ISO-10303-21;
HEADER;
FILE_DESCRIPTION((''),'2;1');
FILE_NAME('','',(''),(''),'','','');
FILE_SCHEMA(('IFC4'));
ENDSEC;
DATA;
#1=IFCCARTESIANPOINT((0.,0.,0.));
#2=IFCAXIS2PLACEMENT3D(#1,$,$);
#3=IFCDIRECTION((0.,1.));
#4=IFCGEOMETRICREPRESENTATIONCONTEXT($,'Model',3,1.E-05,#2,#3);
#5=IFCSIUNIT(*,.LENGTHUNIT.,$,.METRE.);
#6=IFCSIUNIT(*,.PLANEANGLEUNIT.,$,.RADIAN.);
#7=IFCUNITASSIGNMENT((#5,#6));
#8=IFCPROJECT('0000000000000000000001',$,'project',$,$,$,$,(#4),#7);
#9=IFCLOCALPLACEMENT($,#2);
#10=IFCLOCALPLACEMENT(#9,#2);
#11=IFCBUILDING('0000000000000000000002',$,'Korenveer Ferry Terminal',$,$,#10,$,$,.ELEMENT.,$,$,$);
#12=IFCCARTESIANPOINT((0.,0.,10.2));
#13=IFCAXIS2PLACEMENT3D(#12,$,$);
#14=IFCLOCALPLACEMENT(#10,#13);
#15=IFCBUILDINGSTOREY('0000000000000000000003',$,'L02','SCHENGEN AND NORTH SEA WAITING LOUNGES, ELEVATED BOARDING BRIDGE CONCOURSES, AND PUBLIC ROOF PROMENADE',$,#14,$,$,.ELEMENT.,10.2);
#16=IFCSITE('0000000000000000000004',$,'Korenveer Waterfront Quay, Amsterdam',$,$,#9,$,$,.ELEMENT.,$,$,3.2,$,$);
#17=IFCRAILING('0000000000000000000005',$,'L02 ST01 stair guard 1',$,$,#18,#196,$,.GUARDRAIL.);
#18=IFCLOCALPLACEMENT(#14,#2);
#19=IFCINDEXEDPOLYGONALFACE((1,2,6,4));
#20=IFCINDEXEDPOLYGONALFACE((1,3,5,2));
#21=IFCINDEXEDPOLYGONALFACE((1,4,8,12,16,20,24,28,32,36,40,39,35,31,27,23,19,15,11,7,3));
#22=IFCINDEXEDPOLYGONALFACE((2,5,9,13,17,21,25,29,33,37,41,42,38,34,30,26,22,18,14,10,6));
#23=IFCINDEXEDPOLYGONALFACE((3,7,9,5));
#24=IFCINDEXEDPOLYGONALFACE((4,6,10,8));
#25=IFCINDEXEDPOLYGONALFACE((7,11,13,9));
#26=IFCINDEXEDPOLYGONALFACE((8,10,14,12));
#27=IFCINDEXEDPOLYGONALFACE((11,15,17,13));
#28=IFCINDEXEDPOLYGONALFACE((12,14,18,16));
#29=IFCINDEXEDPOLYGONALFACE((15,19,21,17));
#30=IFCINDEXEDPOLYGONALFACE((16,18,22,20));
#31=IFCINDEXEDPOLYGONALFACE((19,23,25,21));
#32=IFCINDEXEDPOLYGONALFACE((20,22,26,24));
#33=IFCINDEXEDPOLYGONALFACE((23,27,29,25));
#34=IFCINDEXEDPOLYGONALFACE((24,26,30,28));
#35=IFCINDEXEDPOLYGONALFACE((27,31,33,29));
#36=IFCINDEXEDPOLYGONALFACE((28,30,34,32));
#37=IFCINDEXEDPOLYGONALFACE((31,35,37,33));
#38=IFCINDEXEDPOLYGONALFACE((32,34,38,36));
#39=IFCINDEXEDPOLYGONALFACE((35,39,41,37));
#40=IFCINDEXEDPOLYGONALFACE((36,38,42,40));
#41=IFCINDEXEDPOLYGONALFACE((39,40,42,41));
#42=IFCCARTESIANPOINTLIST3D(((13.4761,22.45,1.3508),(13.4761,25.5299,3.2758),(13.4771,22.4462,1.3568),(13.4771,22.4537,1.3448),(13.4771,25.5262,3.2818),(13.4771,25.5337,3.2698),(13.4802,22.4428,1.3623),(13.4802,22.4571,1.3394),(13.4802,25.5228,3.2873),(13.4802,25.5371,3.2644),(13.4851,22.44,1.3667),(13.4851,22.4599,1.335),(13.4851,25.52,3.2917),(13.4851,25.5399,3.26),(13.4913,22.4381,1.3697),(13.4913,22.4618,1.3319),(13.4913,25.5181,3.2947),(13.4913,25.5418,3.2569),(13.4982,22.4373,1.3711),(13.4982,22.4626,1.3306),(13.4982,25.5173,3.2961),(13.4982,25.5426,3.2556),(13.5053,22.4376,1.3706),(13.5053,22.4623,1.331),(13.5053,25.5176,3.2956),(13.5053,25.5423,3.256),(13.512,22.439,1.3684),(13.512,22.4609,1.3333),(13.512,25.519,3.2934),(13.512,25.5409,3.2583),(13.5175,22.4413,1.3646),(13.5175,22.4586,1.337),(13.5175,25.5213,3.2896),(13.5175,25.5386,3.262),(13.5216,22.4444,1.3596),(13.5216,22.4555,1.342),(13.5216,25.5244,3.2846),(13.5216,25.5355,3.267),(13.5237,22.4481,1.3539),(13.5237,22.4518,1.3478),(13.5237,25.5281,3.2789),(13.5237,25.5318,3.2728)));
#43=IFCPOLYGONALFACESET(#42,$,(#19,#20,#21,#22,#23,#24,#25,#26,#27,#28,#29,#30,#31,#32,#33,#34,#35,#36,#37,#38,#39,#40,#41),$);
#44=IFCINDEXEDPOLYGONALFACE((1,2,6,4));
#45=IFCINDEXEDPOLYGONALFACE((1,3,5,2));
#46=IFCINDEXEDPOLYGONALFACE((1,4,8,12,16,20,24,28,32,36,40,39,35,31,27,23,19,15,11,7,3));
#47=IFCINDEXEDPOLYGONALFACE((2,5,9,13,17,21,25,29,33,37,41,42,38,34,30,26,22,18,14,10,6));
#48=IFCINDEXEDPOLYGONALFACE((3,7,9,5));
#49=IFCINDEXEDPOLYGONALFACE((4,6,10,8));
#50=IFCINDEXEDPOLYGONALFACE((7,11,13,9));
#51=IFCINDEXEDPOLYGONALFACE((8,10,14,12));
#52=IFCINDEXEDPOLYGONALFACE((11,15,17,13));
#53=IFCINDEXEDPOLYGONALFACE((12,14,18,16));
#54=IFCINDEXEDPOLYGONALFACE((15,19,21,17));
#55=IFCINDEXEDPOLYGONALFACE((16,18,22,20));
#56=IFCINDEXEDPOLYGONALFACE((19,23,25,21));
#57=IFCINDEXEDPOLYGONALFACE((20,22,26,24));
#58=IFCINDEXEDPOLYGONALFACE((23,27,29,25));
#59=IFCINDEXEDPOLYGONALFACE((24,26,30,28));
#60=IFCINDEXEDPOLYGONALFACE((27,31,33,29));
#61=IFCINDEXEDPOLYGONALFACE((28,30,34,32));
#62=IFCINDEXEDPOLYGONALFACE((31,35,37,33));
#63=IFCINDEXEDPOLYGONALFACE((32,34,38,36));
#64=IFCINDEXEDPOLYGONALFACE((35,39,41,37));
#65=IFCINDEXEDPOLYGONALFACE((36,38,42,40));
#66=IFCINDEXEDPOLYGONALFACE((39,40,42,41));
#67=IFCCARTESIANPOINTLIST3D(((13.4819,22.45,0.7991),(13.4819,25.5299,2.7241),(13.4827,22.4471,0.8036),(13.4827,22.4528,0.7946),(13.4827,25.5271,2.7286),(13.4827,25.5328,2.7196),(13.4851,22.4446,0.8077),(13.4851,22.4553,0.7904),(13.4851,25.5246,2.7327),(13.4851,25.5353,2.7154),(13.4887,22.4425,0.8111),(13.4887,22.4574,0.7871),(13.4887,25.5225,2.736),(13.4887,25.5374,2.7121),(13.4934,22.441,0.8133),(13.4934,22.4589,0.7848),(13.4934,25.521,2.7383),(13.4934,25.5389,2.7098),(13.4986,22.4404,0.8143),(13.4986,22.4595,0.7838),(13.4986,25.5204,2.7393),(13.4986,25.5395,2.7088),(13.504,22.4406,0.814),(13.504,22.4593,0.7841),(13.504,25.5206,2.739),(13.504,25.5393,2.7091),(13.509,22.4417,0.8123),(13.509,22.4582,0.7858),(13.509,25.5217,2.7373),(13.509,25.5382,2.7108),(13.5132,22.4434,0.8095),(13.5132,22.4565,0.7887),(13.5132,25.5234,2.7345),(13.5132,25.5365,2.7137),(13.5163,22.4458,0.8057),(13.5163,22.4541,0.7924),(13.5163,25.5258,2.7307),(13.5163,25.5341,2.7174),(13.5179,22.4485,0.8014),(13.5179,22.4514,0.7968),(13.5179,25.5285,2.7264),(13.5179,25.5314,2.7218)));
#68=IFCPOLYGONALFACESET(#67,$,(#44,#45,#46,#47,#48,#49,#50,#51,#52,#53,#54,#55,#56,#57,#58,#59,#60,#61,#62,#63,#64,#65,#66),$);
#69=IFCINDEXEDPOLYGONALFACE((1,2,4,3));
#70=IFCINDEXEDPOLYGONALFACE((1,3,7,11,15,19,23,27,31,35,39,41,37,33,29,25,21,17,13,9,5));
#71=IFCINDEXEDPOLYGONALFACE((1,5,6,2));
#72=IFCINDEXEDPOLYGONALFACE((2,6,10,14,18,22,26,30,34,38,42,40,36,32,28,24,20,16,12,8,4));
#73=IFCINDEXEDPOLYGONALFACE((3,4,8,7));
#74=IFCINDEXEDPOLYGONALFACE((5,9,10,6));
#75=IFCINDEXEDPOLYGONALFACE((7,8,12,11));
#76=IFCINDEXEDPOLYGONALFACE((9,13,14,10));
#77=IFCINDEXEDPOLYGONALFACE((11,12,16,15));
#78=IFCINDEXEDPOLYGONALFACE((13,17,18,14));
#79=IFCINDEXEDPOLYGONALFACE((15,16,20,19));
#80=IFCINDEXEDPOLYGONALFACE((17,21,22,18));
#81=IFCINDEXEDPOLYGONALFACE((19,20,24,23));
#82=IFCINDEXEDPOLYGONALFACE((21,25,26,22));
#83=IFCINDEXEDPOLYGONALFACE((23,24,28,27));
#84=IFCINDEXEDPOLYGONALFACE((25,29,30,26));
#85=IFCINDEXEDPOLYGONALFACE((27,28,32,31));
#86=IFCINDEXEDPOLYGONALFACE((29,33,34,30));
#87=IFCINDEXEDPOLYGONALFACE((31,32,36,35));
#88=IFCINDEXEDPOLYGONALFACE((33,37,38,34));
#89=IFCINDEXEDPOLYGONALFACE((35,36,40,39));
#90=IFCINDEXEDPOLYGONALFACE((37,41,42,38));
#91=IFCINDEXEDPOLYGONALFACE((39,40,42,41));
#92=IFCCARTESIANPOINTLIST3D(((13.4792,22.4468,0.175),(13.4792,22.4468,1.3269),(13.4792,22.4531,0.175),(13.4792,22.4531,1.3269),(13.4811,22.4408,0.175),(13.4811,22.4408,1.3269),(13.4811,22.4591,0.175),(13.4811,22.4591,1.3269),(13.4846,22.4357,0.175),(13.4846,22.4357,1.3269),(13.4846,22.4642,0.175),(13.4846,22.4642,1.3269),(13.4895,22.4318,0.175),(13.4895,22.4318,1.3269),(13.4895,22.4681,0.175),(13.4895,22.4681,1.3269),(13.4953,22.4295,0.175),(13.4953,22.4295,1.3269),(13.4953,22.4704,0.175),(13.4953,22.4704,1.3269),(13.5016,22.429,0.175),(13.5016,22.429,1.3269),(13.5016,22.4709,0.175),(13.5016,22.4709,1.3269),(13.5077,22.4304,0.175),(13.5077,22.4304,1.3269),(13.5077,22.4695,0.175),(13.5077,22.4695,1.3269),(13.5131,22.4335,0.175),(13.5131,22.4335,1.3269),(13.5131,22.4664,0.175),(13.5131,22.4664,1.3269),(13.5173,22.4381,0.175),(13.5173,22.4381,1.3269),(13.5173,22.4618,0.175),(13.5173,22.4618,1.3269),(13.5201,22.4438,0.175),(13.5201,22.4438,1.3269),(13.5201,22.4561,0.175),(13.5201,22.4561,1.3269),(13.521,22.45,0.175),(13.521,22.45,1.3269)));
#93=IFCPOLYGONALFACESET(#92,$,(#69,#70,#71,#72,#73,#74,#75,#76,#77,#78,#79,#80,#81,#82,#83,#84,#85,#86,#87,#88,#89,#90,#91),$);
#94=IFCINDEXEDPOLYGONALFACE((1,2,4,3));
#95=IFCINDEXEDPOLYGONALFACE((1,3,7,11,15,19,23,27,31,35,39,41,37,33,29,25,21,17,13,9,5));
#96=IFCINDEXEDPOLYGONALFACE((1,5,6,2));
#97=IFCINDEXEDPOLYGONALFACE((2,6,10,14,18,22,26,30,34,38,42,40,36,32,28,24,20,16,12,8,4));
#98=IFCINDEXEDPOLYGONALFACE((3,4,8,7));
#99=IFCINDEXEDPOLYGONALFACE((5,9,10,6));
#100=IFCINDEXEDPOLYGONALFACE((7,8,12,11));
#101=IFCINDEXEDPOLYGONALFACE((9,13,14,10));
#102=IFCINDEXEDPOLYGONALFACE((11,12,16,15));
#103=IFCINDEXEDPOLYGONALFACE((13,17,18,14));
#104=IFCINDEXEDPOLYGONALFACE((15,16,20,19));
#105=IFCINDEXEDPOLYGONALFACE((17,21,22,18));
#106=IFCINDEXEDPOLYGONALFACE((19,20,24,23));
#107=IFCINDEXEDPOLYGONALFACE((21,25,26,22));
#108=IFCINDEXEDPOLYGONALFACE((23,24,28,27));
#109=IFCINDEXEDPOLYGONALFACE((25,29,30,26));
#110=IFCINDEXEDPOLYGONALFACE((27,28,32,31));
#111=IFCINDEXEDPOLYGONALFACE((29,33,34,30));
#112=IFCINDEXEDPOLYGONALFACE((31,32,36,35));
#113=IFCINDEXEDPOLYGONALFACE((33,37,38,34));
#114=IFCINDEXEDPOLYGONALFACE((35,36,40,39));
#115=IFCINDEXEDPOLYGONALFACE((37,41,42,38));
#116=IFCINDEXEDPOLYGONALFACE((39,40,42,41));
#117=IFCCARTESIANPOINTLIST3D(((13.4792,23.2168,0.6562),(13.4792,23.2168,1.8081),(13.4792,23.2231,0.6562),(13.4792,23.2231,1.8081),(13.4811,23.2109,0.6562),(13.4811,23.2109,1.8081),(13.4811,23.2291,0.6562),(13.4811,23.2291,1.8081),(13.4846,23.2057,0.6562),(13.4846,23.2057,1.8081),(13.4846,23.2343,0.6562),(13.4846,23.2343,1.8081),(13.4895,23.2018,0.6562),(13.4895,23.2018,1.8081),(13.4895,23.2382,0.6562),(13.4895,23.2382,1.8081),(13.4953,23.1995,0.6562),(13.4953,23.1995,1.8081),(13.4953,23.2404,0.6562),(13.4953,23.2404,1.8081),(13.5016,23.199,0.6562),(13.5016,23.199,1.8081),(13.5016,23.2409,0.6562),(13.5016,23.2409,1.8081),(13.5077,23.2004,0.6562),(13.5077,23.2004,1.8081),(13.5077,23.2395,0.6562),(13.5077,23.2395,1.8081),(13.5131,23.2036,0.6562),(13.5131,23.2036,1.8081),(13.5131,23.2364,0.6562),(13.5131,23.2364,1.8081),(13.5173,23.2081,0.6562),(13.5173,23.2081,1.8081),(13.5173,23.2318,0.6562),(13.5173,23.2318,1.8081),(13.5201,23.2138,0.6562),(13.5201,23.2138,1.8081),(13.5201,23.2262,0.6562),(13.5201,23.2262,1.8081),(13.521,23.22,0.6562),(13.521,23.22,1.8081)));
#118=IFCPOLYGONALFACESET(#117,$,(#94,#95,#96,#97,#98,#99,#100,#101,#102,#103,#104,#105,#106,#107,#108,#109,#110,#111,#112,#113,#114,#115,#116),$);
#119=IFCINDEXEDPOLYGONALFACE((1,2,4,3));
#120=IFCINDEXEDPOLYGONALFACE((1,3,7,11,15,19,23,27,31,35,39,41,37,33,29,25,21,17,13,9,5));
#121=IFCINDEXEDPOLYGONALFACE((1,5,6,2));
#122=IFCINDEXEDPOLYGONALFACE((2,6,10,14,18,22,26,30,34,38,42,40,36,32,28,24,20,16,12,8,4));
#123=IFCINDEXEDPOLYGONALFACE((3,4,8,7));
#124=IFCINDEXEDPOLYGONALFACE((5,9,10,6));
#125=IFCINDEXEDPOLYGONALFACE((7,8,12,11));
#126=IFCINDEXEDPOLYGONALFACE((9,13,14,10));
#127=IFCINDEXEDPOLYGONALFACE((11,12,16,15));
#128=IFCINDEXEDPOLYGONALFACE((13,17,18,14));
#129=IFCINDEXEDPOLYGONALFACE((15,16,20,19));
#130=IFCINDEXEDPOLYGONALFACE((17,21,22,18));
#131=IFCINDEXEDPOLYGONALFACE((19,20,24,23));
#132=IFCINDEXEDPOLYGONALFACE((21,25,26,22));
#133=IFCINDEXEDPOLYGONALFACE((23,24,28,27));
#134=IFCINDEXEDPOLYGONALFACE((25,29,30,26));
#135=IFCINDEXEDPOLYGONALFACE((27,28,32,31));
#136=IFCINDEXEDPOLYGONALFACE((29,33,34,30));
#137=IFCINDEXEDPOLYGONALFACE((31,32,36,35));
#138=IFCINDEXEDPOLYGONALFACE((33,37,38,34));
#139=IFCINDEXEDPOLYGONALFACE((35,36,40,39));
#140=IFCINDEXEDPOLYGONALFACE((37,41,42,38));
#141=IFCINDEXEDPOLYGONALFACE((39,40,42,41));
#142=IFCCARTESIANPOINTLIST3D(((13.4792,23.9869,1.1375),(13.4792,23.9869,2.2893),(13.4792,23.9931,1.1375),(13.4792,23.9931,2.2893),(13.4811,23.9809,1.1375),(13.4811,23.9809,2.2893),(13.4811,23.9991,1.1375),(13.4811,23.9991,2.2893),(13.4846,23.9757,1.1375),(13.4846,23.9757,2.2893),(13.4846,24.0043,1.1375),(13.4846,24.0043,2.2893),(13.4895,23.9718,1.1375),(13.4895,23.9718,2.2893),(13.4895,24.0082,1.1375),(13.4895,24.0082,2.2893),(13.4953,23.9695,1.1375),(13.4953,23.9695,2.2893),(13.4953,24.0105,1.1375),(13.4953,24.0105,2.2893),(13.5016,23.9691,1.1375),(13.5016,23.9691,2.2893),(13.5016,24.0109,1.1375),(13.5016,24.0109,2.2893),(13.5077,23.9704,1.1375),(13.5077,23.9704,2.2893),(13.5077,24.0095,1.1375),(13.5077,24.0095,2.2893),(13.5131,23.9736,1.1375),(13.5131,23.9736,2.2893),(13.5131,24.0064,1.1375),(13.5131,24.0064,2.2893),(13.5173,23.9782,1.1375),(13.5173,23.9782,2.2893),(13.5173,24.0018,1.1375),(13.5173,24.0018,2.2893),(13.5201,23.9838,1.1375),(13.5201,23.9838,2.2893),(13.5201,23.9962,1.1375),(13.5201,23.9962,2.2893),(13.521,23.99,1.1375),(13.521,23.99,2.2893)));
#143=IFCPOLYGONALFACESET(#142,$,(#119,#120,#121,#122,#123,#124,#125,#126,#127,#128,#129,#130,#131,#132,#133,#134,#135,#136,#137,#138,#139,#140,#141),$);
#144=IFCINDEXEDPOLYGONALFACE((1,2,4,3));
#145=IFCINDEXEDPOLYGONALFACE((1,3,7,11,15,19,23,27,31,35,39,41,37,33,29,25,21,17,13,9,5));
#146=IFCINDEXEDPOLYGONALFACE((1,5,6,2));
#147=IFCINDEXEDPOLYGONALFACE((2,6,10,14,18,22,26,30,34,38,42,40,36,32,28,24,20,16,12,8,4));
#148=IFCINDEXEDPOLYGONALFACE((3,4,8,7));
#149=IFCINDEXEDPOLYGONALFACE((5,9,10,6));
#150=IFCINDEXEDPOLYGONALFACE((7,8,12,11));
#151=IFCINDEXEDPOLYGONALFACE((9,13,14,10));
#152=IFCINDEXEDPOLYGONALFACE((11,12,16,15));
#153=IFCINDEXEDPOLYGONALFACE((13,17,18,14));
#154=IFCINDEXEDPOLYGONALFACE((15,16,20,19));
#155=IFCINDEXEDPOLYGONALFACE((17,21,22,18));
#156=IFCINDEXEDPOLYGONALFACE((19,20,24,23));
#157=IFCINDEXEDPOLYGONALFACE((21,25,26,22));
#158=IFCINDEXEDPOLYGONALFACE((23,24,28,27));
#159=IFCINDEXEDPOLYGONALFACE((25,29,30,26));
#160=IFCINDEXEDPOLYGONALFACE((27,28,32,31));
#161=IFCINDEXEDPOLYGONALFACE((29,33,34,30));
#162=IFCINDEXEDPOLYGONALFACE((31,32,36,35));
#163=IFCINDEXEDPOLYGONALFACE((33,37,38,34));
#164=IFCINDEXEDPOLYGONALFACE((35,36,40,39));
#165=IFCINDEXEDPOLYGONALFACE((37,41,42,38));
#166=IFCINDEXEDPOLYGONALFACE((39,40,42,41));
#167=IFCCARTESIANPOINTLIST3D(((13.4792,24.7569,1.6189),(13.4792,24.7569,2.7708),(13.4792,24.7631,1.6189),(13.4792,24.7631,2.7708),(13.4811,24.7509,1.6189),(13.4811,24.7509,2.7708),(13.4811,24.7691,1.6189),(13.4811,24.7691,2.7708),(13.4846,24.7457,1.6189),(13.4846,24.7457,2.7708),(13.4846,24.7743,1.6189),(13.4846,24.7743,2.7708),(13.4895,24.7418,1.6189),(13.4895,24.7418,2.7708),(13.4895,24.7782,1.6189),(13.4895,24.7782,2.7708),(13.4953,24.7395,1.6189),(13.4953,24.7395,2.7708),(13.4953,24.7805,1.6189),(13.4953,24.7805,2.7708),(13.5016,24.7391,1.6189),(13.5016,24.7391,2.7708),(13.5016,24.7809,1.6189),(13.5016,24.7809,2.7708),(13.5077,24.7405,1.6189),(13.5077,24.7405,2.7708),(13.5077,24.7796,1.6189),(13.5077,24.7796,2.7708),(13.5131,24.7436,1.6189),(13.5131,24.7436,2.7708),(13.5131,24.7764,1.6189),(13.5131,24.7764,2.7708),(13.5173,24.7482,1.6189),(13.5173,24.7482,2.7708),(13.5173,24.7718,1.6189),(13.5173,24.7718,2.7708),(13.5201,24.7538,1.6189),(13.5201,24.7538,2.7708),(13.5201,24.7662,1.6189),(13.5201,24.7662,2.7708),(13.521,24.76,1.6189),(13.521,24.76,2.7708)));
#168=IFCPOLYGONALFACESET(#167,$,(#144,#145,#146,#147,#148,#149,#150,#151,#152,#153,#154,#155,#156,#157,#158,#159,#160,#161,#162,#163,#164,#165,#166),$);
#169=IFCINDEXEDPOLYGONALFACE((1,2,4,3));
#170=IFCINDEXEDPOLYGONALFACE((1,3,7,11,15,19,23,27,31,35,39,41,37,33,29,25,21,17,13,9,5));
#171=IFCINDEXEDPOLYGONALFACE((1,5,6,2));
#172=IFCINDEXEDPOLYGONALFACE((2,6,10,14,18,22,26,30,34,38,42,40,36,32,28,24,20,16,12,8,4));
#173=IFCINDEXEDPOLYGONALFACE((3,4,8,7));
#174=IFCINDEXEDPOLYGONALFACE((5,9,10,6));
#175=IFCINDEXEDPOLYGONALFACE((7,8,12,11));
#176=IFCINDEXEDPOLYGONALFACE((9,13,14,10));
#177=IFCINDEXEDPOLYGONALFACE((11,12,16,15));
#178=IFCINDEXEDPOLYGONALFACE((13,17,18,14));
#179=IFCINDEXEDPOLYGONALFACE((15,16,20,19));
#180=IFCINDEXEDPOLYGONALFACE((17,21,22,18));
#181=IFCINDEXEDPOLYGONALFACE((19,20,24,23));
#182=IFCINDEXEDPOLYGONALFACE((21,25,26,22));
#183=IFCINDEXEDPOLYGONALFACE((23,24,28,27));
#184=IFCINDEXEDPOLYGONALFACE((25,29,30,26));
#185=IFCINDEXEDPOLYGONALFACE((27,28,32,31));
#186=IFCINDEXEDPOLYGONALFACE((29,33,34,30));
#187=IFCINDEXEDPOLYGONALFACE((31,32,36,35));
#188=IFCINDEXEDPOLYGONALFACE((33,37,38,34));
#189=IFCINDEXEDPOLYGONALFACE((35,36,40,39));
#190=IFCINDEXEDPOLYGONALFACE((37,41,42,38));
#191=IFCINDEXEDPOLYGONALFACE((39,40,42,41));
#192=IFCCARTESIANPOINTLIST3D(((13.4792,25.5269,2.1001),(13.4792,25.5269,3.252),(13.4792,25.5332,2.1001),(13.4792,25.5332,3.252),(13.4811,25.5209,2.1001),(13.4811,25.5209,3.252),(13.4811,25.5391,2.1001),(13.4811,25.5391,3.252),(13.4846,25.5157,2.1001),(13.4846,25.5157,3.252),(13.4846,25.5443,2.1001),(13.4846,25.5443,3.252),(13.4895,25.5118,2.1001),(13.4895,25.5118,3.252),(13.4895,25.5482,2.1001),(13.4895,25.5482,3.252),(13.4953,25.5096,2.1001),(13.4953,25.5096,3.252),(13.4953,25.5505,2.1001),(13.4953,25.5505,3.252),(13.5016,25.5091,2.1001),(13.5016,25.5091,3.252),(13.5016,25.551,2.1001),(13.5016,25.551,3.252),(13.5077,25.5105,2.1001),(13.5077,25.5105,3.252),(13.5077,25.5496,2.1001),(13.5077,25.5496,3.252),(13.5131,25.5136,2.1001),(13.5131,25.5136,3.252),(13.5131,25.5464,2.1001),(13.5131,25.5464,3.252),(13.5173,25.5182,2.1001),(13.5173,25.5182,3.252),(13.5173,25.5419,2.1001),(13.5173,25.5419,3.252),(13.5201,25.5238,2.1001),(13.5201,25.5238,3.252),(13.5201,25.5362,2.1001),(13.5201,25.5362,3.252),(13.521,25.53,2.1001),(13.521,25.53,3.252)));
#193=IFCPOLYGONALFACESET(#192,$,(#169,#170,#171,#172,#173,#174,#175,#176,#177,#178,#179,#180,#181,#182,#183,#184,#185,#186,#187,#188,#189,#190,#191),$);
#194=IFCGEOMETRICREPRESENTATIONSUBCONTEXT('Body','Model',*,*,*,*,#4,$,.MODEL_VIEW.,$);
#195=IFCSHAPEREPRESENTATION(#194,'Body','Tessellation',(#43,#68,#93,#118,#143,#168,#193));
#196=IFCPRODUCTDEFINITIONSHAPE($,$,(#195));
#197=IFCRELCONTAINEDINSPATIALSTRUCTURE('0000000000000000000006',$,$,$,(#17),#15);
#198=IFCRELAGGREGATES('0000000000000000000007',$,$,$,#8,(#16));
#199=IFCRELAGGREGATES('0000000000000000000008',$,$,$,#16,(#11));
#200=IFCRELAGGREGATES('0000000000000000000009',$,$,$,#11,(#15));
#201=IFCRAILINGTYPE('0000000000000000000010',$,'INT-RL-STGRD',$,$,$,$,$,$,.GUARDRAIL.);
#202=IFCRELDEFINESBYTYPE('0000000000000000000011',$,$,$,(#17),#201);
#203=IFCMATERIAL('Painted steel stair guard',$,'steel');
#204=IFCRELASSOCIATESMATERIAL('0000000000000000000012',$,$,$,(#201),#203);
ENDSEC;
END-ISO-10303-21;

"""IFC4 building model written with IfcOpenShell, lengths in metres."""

from ifc_helpers import new_model, si_unit, direction, frame, origin, origin_2d, place, context, subcontext, project, spatial, circle, extrude, material, type_object, element, save


model = new_model("IFC4")

# Units and contexts
model_context = context("Model", 3, precision=1e-05, world=origin(), true_north=direction((0.0, 1.0)))
body_context = subcontext(model_context, "Body", "Model", "MODEL_VIEW")
ifc_project = project(units=[si_unit("LENGTHUNIT", "METRE"), si_unit("PLANEANGLEUNIT", "RADIAN")], contexts=[model_context])

# Site, building, storey
site_placement = place(None, origin())
site = spatial("IfcSite", under=ifc_project, at=site_placement, Name="Korenveer Waterfront Quay, Amsterdam", CompositionType="ELEMENT", RefElevation=3.2)
building_placement = place(site_placement, origin())
building = spatial("IfcBuilding", under=site, at=building_placement, Name="Korenveer Ferry Terminal", CompositionType="ELEMENT")
storey_placement = place(building_placement, frame((0.0, 0.0, 10.2)))
storey = spatial("IfcBuildingStorey", under=building, at=storey_placement, Name="L02", Description="SCHENGEN AND NORTH SEA WAITING LOUNGES, ELEVATED BOARDING BRIDGE CONCOURSES, AND PUBLIC ROOF PROMENADE", CompositionType="ELEMENT", Elevation=10.2)

# Railing
ifc_material_1 = material(Name="Painted steel stair guard", Category="steel")
railing_type_1 = type_object("IfcRailingType", Name="INT-RL-STGRD", PredefinedType="GUARDRAIL", material=ifc_material_1)
railing_1_placement = place(storey_placement, frame((13.5, 22.45, 0.175)))
element("IfcRailing", 1, at=railing_1_placement, inside=storey, type_object=railing_type_1, Name="L02 ST01 stair guard 1", PredefinedType="GUARDRAIL", context=body_context, shape_type="SweptSolid", body=[
    extrude(circle(Radius=0.0239, at=origin_2d()), frame((0.0, 0.0, 1.1758), z_axis=(0.0, 0.847998, 0.529999), x_axis=(-1.0, 0.0, 0.0)), (0.0, 0.0, 1.0), 3.6321),
    extrude(circle(Radius=0.0181, at=origin_2d()), frame((0.0, 0.0, 0.624), z_axis=(0.0, 0.847998, 0.529999), x_axis=(-1.0, 0.0, 0.0)), (0.0, 0.0, 1.0), 3.6321),
    extrude(circle(Radius=0.021, at=origin_2d()), origin(), (0.0, 0.0, 1.0), 1.1519),
    extrude(circle(Radius=0.021, at=origin_2d()), frame((0.0, 0.77, 0.4812)), (0.0, 0.0, 1.0), 1.1519),
    extrude(circle(Radius=0.021, at=origin_2d()), frame((0.0, 1.54, 0.9624)), (0.0, 0.0, 1.0), 1.1519),
    extrude(circle(Radius=0.021, at=origin_2d()), frame((0.0, 2.3101, 1.4438)), (0.0, 0.0, 1.0), 1.1519),
    extrude(circle(Radius=0.021, at=origin_2d()), frame((0.0, 3.0801, 1.925)), (0.0, 0.0, 1.0), 1.1519),
])

save(model, "model.ifc")
